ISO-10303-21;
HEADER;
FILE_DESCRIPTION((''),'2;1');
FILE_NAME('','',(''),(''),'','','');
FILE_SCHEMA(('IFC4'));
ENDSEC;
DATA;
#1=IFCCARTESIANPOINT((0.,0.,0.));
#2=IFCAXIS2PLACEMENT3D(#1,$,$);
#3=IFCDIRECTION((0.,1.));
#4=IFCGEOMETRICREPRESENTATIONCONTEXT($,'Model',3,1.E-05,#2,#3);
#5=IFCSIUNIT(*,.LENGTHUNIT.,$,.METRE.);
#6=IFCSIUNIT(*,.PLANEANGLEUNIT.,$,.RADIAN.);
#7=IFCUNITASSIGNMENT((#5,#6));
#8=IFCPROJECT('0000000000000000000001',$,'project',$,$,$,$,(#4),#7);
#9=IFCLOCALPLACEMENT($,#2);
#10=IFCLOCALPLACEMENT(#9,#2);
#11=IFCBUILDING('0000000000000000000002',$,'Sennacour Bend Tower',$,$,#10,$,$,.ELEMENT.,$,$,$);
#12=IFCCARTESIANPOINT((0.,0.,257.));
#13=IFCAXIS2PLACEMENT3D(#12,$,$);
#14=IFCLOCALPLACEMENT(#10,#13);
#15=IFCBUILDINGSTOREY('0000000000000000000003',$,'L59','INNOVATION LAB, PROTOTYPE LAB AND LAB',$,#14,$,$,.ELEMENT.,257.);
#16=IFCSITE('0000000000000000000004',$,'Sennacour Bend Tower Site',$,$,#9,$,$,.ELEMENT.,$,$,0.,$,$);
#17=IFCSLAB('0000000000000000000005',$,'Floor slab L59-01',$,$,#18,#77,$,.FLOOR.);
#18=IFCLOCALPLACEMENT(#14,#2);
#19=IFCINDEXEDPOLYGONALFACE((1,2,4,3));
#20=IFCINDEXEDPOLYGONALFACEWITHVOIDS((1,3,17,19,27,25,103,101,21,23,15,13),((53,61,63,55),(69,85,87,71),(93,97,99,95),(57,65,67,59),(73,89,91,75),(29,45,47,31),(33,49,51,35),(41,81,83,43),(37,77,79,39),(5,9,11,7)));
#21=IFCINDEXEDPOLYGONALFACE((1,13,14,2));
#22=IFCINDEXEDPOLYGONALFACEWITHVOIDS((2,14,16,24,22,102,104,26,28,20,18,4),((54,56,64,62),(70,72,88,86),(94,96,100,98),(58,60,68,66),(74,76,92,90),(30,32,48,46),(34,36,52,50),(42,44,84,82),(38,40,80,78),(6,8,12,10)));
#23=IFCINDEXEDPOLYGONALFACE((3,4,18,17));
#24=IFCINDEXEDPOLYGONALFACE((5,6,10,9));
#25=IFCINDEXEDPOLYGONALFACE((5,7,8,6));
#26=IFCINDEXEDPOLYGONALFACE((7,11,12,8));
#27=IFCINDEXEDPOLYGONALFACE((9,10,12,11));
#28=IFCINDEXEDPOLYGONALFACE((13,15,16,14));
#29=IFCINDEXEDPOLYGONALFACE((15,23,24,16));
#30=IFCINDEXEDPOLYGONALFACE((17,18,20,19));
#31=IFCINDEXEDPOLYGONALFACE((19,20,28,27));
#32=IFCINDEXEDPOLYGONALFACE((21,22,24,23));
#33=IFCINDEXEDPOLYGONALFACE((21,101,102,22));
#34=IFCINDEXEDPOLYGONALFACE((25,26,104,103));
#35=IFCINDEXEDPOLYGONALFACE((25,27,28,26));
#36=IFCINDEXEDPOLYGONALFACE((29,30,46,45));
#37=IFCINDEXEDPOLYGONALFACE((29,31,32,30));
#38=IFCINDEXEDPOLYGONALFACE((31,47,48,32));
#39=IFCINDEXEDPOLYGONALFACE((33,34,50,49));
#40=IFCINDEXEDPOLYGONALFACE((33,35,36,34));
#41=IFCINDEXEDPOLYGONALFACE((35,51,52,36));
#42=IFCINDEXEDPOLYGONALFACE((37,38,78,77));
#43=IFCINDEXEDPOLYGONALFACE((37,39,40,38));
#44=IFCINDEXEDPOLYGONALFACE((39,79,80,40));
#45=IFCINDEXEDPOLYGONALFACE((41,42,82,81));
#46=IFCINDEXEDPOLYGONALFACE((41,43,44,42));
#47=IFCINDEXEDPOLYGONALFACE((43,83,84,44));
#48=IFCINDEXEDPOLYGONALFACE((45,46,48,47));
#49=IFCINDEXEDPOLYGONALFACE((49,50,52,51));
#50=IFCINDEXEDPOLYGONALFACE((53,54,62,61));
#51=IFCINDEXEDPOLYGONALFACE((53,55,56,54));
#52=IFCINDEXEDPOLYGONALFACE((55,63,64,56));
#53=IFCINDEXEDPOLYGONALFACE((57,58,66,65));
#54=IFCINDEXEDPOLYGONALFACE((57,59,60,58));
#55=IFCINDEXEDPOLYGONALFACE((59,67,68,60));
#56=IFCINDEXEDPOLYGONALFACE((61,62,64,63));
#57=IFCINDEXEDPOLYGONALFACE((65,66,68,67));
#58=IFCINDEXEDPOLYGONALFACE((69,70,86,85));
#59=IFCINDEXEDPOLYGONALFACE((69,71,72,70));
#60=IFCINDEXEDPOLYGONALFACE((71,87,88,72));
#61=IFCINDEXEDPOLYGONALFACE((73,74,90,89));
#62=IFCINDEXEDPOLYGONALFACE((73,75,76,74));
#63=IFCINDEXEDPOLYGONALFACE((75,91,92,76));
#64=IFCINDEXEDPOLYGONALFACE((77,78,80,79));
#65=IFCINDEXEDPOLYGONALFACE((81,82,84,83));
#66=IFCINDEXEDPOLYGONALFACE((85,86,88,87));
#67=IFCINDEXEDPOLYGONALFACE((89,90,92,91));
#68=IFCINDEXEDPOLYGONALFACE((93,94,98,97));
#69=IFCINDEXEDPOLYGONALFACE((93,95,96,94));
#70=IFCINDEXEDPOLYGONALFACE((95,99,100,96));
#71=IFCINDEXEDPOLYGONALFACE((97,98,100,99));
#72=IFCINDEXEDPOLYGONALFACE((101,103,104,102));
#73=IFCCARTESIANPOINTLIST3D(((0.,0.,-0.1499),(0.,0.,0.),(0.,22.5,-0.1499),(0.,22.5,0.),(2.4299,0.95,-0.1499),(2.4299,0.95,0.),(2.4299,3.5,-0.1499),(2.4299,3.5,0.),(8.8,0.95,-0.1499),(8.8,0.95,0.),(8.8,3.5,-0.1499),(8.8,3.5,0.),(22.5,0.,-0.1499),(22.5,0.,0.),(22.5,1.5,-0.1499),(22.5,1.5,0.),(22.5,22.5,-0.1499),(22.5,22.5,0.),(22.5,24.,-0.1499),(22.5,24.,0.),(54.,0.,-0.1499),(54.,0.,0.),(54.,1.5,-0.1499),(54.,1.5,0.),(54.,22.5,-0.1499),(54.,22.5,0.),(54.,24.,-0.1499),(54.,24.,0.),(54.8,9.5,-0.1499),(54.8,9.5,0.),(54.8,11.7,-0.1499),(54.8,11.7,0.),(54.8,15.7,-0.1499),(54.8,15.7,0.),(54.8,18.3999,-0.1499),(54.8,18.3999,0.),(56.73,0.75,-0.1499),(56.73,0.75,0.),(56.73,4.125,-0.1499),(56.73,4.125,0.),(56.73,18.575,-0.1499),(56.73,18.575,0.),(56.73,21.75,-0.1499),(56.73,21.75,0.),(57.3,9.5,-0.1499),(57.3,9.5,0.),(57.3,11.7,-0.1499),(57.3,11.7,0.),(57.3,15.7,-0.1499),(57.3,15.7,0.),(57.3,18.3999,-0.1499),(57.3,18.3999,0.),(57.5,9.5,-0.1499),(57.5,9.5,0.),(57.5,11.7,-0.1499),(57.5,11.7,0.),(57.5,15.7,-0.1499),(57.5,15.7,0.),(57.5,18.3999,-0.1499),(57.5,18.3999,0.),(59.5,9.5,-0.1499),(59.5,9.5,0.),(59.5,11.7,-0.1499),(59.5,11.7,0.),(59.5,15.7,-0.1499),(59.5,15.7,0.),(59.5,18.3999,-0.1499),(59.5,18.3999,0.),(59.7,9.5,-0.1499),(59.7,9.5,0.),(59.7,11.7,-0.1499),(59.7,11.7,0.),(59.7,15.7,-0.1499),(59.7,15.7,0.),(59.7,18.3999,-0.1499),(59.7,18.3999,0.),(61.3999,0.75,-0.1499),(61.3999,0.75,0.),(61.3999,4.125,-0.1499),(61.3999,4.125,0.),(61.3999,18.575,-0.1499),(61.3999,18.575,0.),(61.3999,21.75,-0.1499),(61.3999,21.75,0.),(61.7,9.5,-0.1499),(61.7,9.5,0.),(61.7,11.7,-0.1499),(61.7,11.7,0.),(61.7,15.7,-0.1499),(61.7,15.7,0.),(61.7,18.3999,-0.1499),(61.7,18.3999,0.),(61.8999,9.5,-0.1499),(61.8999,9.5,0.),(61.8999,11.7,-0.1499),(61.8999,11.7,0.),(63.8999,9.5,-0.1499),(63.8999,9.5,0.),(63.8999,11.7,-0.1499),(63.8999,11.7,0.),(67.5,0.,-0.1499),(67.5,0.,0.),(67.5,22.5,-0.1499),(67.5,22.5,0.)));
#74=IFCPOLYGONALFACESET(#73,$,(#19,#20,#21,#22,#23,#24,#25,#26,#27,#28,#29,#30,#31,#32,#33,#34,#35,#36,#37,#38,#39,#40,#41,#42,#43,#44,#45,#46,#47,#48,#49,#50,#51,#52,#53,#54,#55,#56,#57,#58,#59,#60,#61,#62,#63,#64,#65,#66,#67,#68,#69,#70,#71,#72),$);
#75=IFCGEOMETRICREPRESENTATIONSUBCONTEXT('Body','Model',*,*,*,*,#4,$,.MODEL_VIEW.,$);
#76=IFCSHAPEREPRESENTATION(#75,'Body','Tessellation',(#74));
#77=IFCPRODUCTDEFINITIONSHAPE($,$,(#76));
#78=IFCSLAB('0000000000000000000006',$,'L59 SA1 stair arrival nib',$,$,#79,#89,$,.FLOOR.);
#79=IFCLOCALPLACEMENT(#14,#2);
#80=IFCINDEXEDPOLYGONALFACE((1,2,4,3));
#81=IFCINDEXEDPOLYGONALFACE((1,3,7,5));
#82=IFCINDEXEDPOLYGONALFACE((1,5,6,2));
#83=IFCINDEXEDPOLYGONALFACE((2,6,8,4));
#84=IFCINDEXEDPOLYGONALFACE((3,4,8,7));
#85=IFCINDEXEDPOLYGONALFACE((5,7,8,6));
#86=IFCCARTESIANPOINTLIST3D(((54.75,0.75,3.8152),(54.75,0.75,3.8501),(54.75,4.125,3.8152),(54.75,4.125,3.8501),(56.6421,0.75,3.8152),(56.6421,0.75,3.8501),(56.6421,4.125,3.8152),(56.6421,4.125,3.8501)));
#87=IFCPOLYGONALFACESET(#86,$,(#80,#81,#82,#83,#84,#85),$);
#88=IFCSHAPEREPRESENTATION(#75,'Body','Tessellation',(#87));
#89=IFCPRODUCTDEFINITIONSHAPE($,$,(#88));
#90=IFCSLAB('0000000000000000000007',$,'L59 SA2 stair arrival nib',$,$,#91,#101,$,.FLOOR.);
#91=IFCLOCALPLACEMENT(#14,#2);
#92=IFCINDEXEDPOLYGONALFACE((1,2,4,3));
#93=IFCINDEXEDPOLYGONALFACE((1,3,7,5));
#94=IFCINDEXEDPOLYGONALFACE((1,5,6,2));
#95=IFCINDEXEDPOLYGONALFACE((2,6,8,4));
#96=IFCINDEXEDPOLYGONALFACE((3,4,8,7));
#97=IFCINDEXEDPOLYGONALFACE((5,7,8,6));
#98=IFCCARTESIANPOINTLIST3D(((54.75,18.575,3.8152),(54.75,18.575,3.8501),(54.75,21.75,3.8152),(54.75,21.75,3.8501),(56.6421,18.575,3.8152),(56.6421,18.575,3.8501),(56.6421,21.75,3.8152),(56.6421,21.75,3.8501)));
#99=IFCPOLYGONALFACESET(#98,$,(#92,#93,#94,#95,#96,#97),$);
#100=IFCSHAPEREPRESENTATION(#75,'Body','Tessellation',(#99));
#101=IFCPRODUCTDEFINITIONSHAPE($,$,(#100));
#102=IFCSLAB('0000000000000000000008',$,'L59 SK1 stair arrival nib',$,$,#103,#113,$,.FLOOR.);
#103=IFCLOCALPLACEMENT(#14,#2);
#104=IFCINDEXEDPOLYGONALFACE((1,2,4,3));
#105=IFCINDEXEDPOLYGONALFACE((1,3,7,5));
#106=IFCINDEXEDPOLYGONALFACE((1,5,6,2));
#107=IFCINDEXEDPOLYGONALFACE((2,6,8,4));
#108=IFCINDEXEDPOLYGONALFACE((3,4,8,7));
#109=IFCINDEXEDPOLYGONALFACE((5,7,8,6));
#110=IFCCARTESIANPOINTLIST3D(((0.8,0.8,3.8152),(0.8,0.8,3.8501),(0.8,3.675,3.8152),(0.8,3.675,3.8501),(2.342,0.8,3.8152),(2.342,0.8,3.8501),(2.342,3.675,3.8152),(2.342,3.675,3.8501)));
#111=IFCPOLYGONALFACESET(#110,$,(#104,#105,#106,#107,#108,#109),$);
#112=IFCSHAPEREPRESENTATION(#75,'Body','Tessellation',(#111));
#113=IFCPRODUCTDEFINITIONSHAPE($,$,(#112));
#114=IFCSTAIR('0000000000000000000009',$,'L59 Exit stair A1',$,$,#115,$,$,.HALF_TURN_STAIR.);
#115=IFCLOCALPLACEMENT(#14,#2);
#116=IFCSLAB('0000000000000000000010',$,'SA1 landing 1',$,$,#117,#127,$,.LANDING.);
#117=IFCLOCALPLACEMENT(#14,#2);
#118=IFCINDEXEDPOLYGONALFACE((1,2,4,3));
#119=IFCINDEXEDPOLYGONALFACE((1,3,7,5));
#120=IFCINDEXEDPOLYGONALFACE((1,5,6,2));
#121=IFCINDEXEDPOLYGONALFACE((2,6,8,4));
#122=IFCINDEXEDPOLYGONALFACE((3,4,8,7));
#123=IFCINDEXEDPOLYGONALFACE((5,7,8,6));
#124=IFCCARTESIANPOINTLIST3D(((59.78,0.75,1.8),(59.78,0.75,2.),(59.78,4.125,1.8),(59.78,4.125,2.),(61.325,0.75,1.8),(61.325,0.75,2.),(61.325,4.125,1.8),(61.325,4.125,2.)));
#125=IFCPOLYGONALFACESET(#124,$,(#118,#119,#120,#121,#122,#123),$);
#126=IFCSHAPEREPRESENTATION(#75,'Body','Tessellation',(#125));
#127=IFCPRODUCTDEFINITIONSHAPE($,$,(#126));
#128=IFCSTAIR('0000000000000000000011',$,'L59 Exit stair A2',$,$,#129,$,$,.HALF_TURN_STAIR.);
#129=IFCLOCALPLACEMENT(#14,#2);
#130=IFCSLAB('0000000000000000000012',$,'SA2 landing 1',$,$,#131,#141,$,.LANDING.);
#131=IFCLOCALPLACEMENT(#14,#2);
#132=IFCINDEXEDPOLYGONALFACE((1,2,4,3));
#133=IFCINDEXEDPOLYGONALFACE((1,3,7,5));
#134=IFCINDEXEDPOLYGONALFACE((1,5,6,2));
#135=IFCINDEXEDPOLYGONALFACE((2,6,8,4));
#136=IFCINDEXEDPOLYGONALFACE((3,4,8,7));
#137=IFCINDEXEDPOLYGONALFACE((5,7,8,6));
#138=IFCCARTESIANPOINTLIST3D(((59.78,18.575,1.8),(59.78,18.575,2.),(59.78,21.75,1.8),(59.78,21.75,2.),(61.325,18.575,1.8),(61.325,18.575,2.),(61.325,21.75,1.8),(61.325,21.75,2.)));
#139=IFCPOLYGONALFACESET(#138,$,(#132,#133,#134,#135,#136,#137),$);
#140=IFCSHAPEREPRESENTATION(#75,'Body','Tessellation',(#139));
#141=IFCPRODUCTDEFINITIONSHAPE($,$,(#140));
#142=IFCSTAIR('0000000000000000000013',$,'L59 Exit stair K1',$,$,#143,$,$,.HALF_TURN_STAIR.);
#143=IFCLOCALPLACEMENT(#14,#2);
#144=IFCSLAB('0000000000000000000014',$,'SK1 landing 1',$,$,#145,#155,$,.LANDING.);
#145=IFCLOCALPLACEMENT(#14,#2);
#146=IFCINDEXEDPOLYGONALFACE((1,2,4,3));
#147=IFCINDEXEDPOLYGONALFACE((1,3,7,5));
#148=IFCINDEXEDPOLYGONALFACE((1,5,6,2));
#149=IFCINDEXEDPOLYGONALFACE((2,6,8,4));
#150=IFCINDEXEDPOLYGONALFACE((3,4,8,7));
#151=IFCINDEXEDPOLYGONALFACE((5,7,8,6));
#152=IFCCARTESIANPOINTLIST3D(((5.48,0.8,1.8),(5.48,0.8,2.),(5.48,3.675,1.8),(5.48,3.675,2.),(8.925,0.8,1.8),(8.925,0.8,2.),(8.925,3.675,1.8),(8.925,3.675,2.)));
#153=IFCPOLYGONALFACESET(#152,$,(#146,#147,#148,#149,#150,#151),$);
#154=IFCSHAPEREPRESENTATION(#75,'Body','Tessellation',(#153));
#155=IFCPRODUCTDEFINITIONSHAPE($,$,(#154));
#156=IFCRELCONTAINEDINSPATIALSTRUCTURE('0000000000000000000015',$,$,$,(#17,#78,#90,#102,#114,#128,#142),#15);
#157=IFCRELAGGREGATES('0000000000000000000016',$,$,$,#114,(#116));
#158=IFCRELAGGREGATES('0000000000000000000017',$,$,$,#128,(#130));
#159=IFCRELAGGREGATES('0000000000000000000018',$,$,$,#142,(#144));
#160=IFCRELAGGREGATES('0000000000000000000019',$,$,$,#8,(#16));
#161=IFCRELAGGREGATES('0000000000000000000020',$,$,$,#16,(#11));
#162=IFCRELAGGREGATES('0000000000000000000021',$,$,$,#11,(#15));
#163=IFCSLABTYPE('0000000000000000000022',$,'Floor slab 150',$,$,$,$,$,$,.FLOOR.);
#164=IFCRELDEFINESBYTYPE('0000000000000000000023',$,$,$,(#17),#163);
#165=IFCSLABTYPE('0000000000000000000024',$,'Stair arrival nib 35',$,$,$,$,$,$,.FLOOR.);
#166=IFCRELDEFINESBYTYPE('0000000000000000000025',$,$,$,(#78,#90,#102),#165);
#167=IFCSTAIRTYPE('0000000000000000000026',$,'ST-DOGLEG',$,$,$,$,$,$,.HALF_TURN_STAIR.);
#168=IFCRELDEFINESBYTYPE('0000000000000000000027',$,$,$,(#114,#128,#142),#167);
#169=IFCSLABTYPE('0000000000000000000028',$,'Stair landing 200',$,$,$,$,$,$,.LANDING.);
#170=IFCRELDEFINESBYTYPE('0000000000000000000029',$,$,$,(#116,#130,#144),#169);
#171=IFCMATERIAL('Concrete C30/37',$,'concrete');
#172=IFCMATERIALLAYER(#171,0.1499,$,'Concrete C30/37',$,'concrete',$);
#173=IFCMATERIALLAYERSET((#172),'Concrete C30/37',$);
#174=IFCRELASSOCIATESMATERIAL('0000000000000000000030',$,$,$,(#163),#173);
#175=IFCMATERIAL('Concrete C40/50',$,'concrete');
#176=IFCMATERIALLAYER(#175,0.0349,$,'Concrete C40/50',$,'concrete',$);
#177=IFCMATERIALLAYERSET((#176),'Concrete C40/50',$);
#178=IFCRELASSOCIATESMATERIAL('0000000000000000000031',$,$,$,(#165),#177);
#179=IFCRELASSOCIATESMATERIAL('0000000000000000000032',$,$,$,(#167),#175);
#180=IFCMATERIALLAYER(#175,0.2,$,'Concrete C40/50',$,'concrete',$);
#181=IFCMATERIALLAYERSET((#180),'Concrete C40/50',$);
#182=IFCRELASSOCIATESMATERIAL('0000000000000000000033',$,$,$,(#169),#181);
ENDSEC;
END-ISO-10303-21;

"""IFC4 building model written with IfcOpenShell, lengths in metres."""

from ifc_helpers import new_model, si_unit, direction, frame, origin, place, context, subcontext, project, spatial, polyline, outline, extrude, material, layer, layer_set, type_object, element, aggregate, save


model = new_model("IFC4")

# Units and contexts
model_context = context("Model", 3, precision=1e-05, world=origin(), true_north=direction((0.0, 1.0)))
body_context = subcontext(model_context, "Body", "Model", "MODEL_VIEW")
ifc_project = project(units=[si_unit("LENGTHUNIT", "METRE"), si_unit("PLANEANGLEUNIT", "RADIAN")], contexts=[model_context])

# Site, building, storey
site_placement = place(None, origin())
site = spatial("IfcSite", under=ifc_project, at=site_placement, Name="Sennacour Bend Tower Site", CompositionType="ELEMENT", RefElevation=0.0)
building_placement = place(site_placement, origin())
building = spatial("IfcBuilding", under=site, at=building_placement, Name="Sennacour Bend Tower", CompositionType="ELEMENT")
storey_placement = place(building_placement, frame((0.0, 0.0, 257.0)))
storey = spatial("IfcBuildingStorey", under=building, at=storey_placement, Name="L59", Description="INNOVATION LAB, PROTOTYPE LAB AND LAB", CompositionType="ELEMENT", Elevation=257.0)

# Slabs
ifc_material_1 = material(Name="Concrete C30/37", Category="concrete")
ifc_layer_1 = layer(ifc_material_1, 0.1499, Name="Concrete C30/37", Category="concrete")
ifc_layer_set_1 = layer_set([ifc_layer_1], Name="Concrete C30/37")
slab_type_1 = type_object("IfcSlabType", Name="Floor slab 150", PredefinedType="FLOOR", material=ifc_layer_set_1)
slab_1_placement = place(storey_placement, frame((0.0, 0.0, -0.1499)))
element("IfcSlab", 1, at=slab_1_placement, inside=storey, type_object=slab_type_1, Name="Floor slab L59-01", PredefinedType="FLOOR", context=body_context, shape_type="SweptSolid", body=[
    extrude(outline(polyline([(0.0, 0.0), (0.0, 22.5), (22.5, 22.5), (22.5, 24.0), (54.0, 24.0), (54.0, 22.5), (67.5, 22.5), (67.5, 0.0), (54.0, 0.0), (54.0, 1.5), (22.5, 1.5), (22.5, 0.0), (0.0, 0.0)]), holes=[polyline([(8.8, 3.5), (2.4299, 3.5), (2.4299, 0.95), (8.8, 0.95), (8.8, 3.5)]), polyline([(61.3999, 4.125), (56.73, 4.125), (56.73, 0.75), (61.3999, 0.75), (61.3999, 4.125)]), polyline([(57.3, 11.7), (54.8, 11.7), (54.8, 9.5), (57.3, 9.5), (57.3, 11.7)]), polyline([(59.5, 9.5), (59.5, 11.7), (57.5, 11.7), (57.5, 9.5), (59.5, 9.5)]), polyline([(61.7, 9.5), (61.7, 11.7), (59.7, 11.7), (59.7, 9.5), (61.7, 9.5)]), polyline([(63.8999, 11.7), (61.8999, 11.7), (61.8999, 9.5), (63.8999, 9.5), (63.8999, 11.7)]), polyline([(57.3, 18.3999), (54.8, 18.3999), (54.8, 15.7), (57.3, 15.7), (57.3, 18.3999)]), polyline([(59.5, 18.3999), (57.5, 18.3999), (57.5, 15.7), (59.5, 15.7), (59.5, 18.3999)]), polyline([(61.7, 15.7), (61.7, 18.3999), (59.7, 18.3999), (59.7, 15.7), (61.7, 15.7)]), polyline([(61.3999, 18.575), (61.3999, 21.75), (56.73, 21.75), (56.73, 18.575), (61.3999, 18.575)])]), origin(), (0.0, 0.0, 1.0), 0.1499),
])
ifc_material_2 = material(Name="Concrete C40/50", Category="concrete")
ifc_layer_2 = layer(ifc_material_2, 0.0349, Name="Concrete C40/50", Category="concrete")
ifc_layer_set_2 = layer_set([ifc_layer_2], Name="Concrete C40/50")
slab_type_2 = type_object("IfcSlabType", Name="Stair arrival nib 35", PredefinedType="FLOOR", material=ifc_layer_set_2)
slab_2_placement = place(storey_placement, frame((0.0, 0.0, 3.8152)))
element("IfcSlab", 2, at=slab_2_placement, inside=storey, type_object=slab_type_2, Name="L59 SA1 stair arrival nib", PredefinedType="FLOOR", context=body_context, shape_type="SweptSolid", body=[
    extrude(outline(polyline([(56.6421, 4.125), (54.75, 4.125), (54.75, 0.75), (56.6421, 0.75), (56.6421, 4.125)])), origin(), (0.0, 0.0, 1.0), 0.0349),
])
slab_3_placement = place(storey_placement, frame((0.0, 0.0, 3.8152)))
element("IfcSlab", 3, at=slab_3_placement, inside=storey, type_object=slab_type_2, Name="L59 SA2 stair arrival nib", PredefinedType="FLOOR", context=body_context, shape_type="SweptSolid", body=[
    extrude(outline(polyline([(56.6421, 21.75), (54.75, 21.75), (54.75, 18.575), (56.6421, 18.575), (56.6421, 21.75)])), origin(), (0.0, 0.0, 1.0), 0.0349),
])
slab_4_placement = place(storey_placement, frame((0.0, 0.0, 3.8152)))
element("IfcSlab", 4, at=slab_4_placement, inside=storey, type_object=slab_type_2, Name="L59 SK1 stair arrival nib", PredefinedType="FLOOR", context=body_context, shape_type="SweptSolid", body=[
    extrude(outline(polyline([(2.342, 3.675), (0.8, 3.675), (0.8, 0.8), (2.342, 0.8), (2.342, 3.675)])), origin(), (0.0, 0.0, 1.0), 0.0349),
])

# Stairs, slabs
stair_type = type_object("IfcStairType", Name="ST-DOGLEG", PredefinedType="HALF_TURN_STAIR", material=ifc_material_2)
stair_1_placement = place(storey_placement, origin())
stair_1 = element("IfcStair", 5, at=stair_1_placement, inside=storey, type_object=stair_type, Name="L59 Exit stair A1", PredefinedType="HALF_TURN_STAIR")
ifc_layer_3 = layer(ifc_material_2, 0.2, Name="Concrete C40/50", Category="concrete")
ifc_layer_set_3 = layer_set([ifc_layer_3], Name="Concrete C40/50")
slab_type_3 = type_object("IfcSlabType", Name="Stair landing 200", PredefinedType="LANDING", material=ifc_layer_set_3)
slab_5_placement = place(storey_placement, frame((0.0, 0.0, 1.8)))
slab_5 = element("IfcSlab", 6, at=slab_5_placement, type_object=slab_type_3, Name="SA1 landing 1", PredefinedType="LANDING", context=body_context, shape_type="SweptSolid", body=[
    extrude(outline(polyline([(59.78, 0.75), (61.325, 0.75), (61.325, 4.125), (59.78, 4.125), (59.78, 0.75)])), origin(), (0.0, 0.0, 1.0), 0.2),
])
aggregate(stair_1, [slab_5])
stair_2_placement = place(storey_placement, origin())
stair_2 = element("IfcStair", 7, at=stair_2_placement, inside=storey, type_object=stair_type, Name="L59 Exit stair A2", PredefinedType="HALF_TURN_STAIR")
slab_6_placement = place(storey_placement, frame((0.0, 0.0, 1.8)))
slab_6 = element("IfcSlab", 8, at=slab_6_placement, type_object=slab_type_3, Name="SA2 landing 1", PredefinedType="LANDING", context=body_context, shape_type="SweptSolid", body=[
    extrude(outline(polyline([(59.78, 18.575), (61.325, 18.575), (61.325, 21.75), (59.78, 21.75), (59.78, 18.575)])), origin(), (0.0, 0.0, 1.0), 0.2),
])
aggregate(stair_2, [slab_6])
stair_3_placement = place(storey_placement, origin())
stair_3 = element("IfcStair", 9, at=stair_3_placement, inside=storey, type_object=stair_type, Name="L59 Exit stair K1", PredefinedType="HALF_TURN_STAIR")
slab_7_placement = place(storey_placement, frame((0.0, 0.0, 1.8)))
slab_7 = element("IfcSlab", 10, at=slab_7_placement, type_object=slab_type_3, Name="SK1 landing 1", PredefinedType="LANDING", context=body_context, shape_type="SweptSolid", body=[
    extrude(outline(polyline([(5.48, 0.8), (8.925, 0.8), (8.925, 3.675), (5.48, 3.675), (5.48, 0.8)])), origin(), (0.0, 0.0, 1.0), 0.2),
])

aggregate(stair_3, [slab_7])

save(model, "model.ifc")
